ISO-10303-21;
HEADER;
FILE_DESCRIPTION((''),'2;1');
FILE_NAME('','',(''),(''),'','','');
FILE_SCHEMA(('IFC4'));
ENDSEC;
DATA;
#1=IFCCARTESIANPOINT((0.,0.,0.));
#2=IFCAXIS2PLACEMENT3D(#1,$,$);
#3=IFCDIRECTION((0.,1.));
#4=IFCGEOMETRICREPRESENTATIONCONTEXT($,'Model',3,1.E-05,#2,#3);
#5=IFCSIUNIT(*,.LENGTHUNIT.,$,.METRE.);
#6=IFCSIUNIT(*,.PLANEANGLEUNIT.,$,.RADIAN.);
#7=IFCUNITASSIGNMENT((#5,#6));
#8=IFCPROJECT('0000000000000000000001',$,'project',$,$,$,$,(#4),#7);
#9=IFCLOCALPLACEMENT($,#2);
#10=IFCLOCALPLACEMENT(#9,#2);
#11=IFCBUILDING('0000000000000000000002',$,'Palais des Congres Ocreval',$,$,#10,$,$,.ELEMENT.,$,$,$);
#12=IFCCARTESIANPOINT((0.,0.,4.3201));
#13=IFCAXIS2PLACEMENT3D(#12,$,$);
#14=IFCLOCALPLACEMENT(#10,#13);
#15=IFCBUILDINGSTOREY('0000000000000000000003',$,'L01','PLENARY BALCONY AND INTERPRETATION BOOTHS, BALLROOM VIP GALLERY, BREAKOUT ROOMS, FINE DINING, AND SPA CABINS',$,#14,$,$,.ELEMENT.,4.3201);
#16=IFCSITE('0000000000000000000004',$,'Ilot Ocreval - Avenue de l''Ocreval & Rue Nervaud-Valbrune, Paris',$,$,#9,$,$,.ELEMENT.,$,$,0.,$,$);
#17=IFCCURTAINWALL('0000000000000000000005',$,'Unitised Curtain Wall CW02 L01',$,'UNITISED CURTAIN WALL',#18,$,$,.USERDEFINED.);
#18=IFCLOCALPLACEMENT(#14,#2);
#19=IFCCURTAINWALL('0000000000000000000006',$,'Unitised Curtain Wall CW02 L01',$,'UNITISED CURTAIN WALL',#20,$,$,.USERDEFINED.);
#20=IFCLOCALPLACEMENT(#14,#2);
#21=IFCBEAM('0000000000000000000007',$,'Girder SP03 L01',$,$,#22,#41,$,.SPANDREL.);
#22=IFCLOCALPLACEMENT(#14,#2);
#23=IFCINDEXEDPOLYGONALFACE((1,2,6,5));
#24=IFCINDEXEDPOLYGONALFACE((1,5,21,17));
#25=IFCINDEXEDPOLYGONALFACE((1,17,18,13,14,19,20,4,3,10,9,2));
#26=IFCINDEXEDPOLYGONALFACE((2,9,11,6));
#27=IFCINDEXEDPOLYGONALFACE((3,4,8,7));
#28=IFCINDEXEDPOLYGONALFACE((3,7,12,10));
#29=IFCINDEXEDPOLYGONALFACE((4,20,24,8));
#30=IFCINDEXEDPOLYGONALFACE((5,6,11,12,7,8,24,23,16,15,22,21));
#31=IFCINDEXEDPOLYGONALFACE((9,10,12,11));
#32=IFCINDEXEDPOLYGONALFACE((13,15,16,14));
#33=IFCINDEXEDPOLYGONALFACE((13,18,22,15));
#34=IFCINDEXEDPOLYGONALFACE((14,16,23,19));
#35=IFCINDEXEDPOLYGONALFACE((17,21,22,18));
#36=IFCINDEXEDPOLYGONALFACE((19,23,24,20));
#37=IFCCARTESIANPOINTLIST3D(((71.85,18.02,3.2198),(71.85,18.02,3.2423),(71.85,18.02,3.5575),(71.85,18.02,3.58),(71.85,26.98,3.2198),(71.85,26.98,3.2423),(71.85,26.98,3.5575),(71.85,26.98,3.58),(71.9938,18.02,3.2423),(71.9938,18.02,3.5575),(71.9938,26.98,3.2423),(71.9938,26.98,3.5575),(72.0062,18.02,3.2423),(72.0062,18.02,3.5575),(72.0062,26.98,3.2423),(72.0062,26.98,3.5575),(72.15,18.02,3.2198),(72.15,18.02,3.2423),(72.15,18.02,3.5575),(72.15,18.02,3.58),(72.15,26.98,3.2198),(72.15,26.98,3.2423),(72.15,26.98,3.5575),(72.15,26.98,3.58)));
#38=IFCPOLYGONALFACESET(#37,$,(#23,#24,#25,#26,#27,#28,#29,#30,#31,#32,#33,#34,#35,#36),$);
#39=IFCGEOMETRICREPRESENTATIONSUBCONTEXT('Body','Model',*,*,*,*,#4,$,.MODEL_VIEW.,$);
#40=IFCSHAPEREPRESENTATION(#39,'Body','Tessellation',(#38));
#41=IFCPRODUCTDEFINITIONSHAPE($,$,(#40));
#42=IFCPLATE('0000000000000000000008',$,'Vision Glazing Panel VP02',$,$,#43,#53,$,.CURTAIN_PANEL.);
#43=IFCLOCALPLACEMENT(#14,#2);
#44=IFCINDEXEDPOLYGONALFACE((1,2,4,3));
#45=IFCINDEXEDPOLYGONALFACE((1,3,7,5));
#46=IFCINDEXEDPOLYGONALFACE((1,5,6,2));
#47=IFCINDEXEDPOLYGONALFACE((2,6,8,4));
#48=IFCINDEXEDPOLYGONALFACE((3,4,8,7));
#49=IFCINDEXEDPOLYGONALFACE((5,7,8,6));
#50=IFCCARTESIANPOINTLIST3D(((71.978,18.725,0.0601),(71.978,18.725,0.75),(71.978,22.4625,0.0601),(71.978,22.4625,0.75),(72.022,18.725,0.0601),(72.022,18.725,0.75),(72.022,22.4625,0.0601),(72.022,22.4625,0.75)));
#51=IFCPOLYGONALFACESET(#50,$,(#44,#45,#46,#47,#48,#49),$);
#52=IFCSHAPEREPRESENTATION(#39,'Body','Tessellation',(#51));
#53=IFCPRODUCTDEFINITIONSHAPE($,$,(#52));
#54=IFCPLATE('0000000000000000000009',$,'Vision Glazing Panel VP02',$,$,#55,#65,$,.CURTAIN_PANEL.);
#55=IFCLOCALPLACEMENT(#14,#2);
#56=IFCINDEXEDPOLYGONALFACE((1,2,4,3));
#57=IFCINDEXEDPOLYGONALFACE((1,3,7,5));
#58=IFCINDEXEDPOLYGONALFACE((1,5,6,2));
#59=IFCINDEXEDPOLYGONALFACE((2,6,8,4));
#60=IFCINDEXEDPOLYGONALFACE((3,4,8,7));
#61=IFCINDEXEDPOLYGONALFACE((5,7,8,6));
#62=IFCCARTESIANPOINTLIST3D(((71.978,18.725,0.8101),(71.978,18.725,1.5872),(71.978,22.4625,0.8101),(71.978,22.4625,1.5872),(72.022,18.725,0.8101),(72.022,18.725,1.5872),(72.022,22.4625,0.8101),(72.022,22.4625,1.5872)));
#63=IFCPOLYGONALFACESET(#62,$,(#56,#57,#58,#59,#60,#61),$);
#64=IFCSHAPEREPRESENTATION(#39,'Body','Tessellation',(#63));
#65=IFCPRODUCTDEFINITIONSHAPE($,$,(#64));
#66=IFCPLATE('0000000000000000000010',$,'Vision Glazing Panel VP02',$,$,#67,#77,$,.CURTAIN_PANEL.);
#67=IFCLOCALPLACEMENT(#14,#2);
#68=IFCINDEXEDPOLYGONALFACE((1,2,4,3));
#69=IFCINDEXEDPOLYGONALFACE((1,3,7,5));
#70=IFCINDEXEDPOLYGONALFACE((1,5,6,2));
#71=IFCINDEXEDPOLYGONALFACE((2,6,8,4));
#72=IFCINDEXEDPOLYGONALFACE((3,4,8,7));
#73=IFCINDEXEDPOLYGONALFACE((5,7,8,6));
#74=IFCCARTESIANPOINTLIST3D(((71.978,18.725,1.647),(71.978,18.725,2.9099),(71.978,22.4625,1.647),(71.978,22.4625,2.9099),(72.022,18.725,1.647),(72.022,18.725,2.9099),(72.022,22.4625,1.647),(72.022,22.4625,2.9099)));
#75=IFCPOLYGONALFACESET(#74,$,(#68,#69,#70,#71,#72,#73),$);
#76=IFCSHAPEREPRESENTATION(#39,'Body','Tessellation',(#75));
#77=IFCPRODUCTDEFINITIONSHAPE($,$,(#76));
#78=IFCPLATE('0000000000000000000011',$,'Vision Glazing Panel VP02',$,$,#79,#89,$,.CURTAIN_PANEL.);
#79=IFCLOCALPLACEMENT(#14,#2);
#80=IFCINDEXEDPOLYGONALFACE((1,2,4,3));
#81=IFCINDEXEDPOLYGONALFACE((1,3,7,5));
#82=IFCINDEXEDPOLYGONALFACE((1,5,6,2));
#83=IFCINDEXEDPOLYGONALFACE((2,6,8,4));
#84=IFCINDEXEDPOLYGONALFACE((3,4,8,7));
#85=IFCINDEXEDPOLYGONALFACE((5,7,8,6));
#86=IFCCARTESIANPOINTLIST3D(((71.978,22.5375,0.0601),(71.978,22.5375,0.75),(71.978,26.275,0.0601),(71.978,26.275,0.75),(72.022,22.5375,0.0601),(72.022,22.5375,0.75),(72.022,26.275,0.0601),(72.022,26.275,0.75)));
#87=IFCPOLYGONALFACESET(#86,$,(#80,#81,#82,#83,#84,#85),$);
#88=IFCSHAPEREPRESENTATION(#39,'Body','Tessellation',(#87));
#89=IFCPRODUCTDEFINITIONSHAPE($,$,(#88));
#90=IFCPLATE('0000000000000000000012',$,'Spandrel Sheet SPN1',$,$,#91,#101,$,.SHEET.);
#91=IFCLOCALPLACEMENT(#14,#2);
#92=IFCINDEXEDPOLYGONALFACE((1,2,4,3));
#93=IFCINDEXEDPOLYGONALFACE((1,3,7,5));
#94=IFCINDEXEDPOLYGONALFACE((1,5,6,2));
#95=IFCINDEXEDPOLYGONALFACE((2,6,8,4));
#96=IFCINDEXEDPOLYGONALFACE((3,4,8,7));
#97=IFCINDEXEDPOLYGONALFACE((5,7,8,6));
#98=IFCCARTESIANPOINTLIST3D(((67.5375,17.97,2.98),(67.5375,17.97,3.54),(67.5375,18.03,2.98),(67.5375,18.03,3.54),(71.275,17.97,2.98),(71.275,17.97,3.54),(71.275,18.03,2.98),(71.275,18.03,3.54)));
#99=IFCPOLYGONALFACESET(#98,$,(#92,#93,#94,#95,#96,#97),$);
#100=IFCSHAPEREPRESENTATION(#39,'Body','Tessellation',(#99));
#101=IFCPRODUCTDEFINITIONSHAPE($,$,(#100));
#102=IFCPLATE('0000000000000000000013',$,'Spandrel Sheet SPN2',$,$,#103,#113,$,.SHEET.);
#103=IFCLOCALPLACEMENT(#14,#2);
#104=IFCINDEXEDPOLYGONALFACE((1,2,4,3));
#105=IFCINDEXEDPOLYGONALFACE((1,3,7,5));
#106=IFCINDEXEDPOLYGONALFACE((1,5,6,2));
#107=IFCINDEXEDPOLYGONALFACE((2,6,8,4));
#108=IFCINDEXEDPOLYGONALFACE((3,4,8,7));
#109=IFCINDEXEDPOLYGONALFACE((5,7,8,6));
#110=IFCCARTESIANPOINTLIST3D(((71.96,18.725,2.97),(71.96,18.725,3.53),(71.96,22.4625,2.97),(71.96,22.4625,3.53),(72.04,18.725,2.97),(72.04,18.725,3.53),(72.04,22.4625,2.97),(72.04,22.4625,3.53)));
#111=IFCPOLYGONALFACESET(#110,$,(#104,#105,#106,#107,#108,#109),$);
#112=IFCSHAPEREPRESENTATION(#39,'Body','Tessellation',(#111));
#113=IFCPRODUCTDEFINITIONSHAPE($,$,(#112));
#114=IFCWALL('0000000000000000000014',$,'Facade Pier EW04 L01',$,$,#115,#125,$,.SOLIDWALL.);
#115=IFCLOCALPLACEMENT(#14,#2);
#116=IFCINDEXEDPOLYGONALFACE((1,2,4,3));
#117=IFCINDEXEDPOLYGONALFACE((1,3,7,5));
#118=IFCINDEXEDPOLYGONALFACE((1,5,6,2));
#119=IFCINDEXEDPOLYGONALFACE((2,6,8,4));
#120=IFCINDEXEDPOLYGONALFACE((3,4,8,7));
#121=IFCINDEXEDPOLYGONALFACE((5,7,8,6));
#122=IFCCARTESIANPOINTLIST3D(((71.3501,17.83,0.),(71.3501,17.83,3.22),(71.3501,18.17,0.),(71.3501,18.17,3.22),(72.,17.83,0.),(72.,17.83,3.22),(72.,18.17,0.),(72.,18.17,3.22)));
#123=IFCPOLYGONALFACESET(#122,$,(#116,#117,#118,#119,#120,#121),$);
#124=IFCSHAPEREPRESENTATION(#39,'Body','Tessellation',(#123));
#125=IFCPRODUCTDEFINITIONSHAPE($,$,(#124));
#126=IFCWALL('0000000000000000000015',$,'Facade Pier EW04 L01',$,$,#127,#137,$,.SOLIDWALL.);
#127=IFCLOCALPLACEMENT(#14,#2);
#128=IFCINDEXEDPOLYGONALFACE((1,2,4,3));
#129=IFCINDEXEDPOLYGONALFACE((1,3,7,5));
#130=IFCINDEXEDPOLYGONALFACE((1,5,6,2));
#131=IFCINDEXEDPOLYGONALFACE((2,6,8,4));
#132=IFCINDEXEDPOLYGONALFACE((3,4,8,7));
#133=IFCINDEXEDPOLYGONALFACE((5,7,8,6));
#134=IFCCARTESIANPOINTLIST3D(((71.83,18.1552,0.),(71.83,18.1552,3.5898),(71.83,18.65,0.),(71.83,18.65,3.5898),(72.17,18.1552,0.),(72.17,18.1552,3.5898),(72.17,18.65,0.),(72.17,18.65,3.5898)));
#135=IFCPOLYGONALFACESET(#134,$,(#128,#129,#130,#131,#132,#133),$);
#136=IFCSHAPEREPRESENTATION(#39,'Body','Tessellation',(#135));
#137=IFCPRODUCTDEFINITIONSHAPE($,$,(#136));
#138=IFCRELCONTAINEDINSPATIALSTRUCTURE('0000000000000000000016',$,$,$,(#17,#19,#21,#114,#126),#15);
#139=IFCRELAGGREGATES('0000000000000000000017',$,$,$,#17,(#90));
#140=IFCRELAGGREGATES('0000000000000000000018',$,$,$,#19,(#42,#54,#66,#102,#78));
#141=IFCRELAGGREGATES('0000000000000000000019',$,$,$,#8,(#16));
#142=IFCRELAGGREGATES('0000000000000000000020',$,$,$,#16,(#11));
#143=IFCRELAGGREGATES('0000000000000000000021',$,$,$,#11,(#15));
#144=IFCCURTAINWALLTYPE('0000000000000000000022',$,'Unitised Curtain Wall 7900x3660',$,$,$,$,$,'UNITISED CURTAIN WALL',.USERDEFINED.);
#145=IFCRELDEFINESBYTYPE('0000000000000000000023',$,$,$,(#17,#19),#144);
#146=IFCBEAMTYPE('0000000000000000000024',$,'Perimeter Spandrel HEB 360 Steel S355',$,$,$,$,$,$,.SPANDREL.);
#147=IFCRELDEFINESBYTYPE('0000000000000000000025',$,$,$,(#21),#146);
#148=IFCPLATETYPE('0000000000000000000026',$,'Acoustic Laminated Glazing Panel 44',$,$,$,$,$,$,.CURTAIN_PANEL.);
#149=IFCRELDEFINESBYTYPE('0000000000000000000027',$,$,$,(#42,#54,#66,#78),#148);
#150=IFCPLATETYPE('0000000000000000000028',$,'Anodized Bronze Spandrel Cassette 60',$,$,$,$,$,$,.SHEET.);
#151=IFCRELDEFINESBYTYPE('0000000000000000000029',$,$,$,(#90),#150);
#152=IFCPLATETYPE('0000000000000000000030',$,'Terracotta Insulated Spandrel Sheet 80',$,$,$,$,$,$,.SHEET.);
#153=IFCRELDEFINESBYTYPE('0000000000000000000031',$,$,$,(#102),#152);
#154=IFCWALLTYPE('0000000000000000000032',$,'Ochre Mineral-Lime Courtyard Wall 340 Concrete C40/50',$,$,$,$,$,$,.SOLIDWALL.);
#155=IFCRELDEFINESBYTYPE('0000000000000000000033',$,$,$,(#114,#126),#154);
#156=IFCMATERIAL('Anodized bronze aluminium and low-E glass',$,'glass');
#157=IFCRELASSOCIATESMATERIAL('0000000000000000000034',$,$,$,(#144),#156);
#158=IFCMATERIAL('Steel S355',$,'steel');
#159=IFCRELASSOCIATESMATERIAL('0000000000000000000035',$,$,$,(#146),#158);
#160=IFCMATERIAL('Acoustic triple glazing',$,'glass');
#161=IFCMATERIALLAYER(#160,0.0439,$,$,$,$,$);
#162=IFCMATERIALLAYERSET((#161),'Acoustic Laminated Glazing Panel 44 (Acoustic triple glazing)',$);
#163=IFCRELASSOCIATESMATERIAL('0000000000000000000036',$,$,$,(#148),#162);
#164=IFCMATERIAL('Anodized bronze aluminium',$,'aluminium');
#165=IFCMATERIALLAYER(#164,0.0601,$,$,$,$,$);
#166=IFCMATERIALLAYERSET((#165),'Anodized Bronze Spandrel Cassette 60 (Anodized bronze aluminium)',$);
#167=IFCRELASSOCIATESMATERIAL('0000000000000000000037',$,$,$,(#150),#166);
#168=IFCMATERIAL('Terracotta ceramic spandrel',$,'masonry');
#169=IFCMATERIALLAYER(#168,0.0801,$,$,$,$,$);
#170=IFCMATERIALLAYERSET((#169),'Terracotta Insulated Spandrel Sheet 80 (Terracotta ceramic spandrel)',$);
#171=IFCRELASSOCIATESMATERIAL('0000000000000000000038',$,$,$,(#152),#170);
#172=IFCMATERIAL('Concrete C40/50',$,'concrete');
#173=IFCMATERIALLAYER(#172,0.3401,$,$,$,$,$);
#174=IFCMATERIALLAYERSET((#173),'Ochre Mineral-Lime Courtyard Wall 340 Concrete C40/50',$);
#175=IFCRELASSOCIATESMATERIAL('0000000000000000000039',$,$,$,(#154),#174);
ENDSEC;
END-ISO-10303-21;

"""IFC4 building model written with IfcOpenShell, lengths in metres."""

from ifc_helpers import new_model, si_unit, direction, frame, frame_2d, origin, origin_2d, place, context, subcontext, project, spatial, rectangle, i_section, extrude, material, layer, layer_set, material_profile, profile_set, type_object, element, aggregate, save


model = new_model("IFC4")

# Units and contexts
model_context = context("Model", 3, precision=1e-05, world=origin(), true_north=direction((0.0, 1.0)))
body_context = subcontext(model_context, "Body", "Model", "MODEL_VIEW")
ifc_project = project(units=[si_unit("LENGTHUNIT", "METRE"), si_unit("PLANEANGLEUNIT", "RADIAN")], contexts=[model_context])

# Site, building, storey
site_placement = place(None, origin())
site = spatial("IfcSite", under=ifc_project, at=site_placement, Name="Ilot Ocreval - Avenue de l'Ocreval & Rue Nervaud-Valbrune, Paris", CompositionType="ELEMENT", RefElevation=0.0)
building_placement = place(site_placement, origin())
building = spatial("IfcBuilding", under=site, at=building_placement, Name="Palais des Congres Ocreval", CompositionType="ELEMENT")
storey_placement = place(building_placement, frame((0.0, 0.0, 4.3201)))
storey = spatial("IfcBuildingStorey", under=building, at=storey_placement, Name="L01", Description="PLENARY BALCONY AND INTERPRETATION BOOTHS, BALLROOM VIP GALLERY, BREAKOUT ROOMS, FINE DINING, AND SPA CABINS", CompositionType="ELEMENT", Elevation=4.3201)

# Shared definitions
ifc_material_1 = material(Name="Concrete C40/50", Category="concrete")

# Curtain wall
ifc_material_2 = material(Name="Anodized bronze aluminium and low-E glass", Category="glass")
curtain_wall_type = type_object("IfcCurtainWallType", Name="Unitised Curtain Wall 7900x3660", ElementType="UNITISED CURTAIN WALL", PredefinedType="USERDEFINED", material=ifc_material_2)
curtain_wall_1_placement = place(storey_placement, origin())
curtain_wall_1 = element("IfcCurtainWall", 1, at=curtain_wall_1_placement, inside=storey, type_object=curtain_wall_type, Name="Unitised Curtain Wall CW02 L01", ObjectType="UNITISED CURTAIN WALL", PredefinedType="USERDEFINED")
ifc_material_3 = material(Name="Anodized bronze aluminium", Category="aluminium")

# Curtain wall
curtain_wall_2_placement = place(storey_placement, origin())
curtain_wall_2 = element("IfcCurtainWall", 2, at=curtain_wall_2_placement, inside=storey, type_object=curtain_wall_type, Name="Unitised Curtain Wall CW02 L01", ObjectType="UNITISED CURTAIN WALL", PredefinedType="USERDEFINED")

# Beam
ifc_material_4 = material(Name="Steel S355", Category="steel")
ifc_material_profile_1 = material_profile(ifc_material_4, i_section(OverallWidth=0.3, OverallDepth=0.3601, WebThickness=0.0125, FlangeThickness=0.0225, at=origin_2d()), Name="HEB 360")
ifc_profile_set_1 = profile_set([ifc_material_profile_1], Name="Steel S355")
beam_type = type_object("IfcBeamType", Name="Perimeter Spandrel HEB 360 Steel S355", PredefinedType="SPANDREL", material=ifc_profile_set_1)
beam_placement = place(storey_placement, frame((72.0, 18.02, 3.3999), z_axis=(0.0, 1.0, 0.0), x_axis=(-1.0, 0.0, 0.0)))
element("IfcBeam", 3, at=beam_placement, inside=storey, type_object=beam_type, Name="Girder SP03 L01", PredefinedType="SPANDREL", context=body_context, shape_type="SweptSolid", body=[
    extrude(i_section(OverallWidth=0.3, OverallDepth=0.3601, WebThickness=0.0125, FlangeThickness=0.0225, at=origin_2d()), origin(), (0.0, 0.0, 1.0), 8.96),
])

# Plates
ifc_material_5 = material(Name="Acoustic triple glazing", Category="glass")
ifc_layer_1 = layer(ifc_material_5, 0.0439)
ifc_layer_set_1 = layer_set([ifc_layer_1], Name="Acoustic Laminated Glazing Panel 44 (Acoustic triple glazing)")
plate_type_1 = type_object("IfcPlateType", Name="Acoustic Laminated Glazing Panel 44", PredefinedType="CURTAIN_PANEL", material=ifc_layer_set_1)
plate_1_placement = place(storey_placement, frame((72.0, 20.5938, 0.0601), z_axis=(0.0, 0.0, 1.0), x_axis=(0.0, 1.0, 0.0)))
plate_1 = element("IfcPlate", 4, at=plate_1_placement, type_object=plate_type_1, Name="Vision Glazing Panel VP02", PredefinedType="CURTAIN_PANEL", context=body_context, shape_type="SweptSolid", body=[
    extrude(rectangle(XDim=3.7375, YDim=0.0439, at=origin_2d()), origin(), (0.0, 0.0, 1.0), 0.6899),
])
plate_2_placement = place(storey_placement, frame((72.0, 20.5938, 0.8101), z_axis=(0.0, 0.0, 1.0), x_axis=(0.0, 1.0, 0.0)))
plate_2 = element("IfcPlate", 5, at=plate_2_placement, type_object=plate_type_1, Name="Vision Glazing Panel VP02", PredefinedType="CURTAIN_PANEL", context=body_context, shape_type="SweptSolid", body=[
    extrude(rectangle(XDim=3.7375, YDim=0.0439, at=origin_2d()), origin(), (0.0, 0.0, 1.0), 0.7771),
])
plate_3_placement = place(storey_placement, frame((72.0, 20.5938, 1.647), z_axis=(0.0, 0.0, 1.0), x_axis=(0.0, 1.0, 0.0)))
plate_3 = element("IfcPlate", 6, at=plate_3_placement, type_object=plate_type_1, Name="Vision Glazing Panel VP02", PredefinedType="CURTAIN_PANEL", context=body_context, shape_type="SweptSolid", body=[
    extrude(rectangle(XDim=3.7375, YDim=0.0439, at=origin_2d()), origin(), (0.0, 0.0, 1.0), 1.2629),
])
plate_4_placement = place(storey_placement, frame((72.0, 24.4062, 0.0601), z_axis=(0.0, 0.0, 1.0), x_axis=(0.0, 1.0, 0.0)))
plate_4 = element("IfcPlate", 7, at=plate_4_placement, type_object=plate_type_1, Name="Vision Glazing Panel VP02", PredefinedType="CURTAIN_PANEL", context=body_context, shape_type="SweptSolid", body=[
    extrude(rectangle(XDim=3.7375, YDim=0.0439, at=origin_2d()), origin(), (0.0, 0.0, 1.0), 0.6899),
])
ifc_layer_2 = layer(ifc_material_3, 0.0601)
ifc_layer_set_2 = layer_set([ifc_layer_2], Name="Anodized Bronze Spandrel Cassette 60 (Anodized bronze aluminium)")
plate_type_2 = type_object("IfcPlateType", Name="Anodized Bronze Spandrel Cassette 60", PredefinedType="SHEET", material=ifc_layer_set_2)
plate_5_placement = place(storey_placement, frame((69.4062, 18.0, 2.98), z_axis=(0.0, 0.0, 1.0), x_axis=(1.0, 0.0, 0.0)))
plate_5 = element("IfcPlate", 8, at=plate_5_placement, type_object=plate_type_2, Name="Spandrel Sheet SPN1", PredefinedType="SHEET", context=body_context, shape_type="SweptSolid", body=[
    extrude(rectangle(XDim=3.7375, YDim=0.0601, at=origin_2d()), origin(), (0.0, 0.0, 1.0), 0.5601),
])
aggregate(curtain_wall_1, [plate_5])
ifc_material_6 = material(Name="Terracotta ceramic spandrel", Category="masonry")
ifc_layer_3 = layer(ifc_material_6, 0.0801)
ifc_layer_set_3 = layer_set([ifc_layer_3], Name="Terracotta Insulated Spandrel Sheet 80 (Terracotta ceramic spandrel)")
plate_type_3 = type_object("IfcPlateType", Name="Terracotta Insulated Spandrel Sheet 80", PredefinedType="SHEET", material=ifc_layer_set_3)
plate_6_placement = place(storey_placement, frame((72.0, 20.5938, 2.97), z_axis=(0.0, 0.0, 1.0), x_axis=(0.0, 1.0, 0.0)))
plate_6 = element("IfcPlate", 9, at=plate_6_placement, type_object=plate_type_3, Name="Spandrel Sheet SPN2", PredefinedType="SHEET", context=body_context, shape_type="SweptSolid", body=[
    extrude(rectangle(XDim=3.7375, YDim=0.0801, at=origin_2d()), origin(), (0.0, 0.0, 1.0), 0.5601),
])
aggregate(curtain_wall_2, [plate_1, plate_2, plate_3, plate_6, plate_4])

# Walls
ifc_layer_4 = layer(ifc_material_1, 0.3401)
ifc_layer_set_4 = layer_set([ifc_layer_4], Name="Ochre Mineral-Lime Courtyard Wall 340 Concrete C40/50")
wall_type = type_object("IfcWallType", Name="Ochre Mineral-Lime Courtyard Wall 340 Concrete C40/50", PredefinedType="SOLIDWALL", material=ifc_layer_set_4)
wall_1_placement = place(storey_placement, frame((71.3501, 18.0, 0.0), z_axis=(0.0, 0.0, 1.0), x_axis=(1.0, 0.0, 0.0)))
element("IfcWall", 10, at=wall_1_placement, inside=storey, type_object=wall_type, Name="Facade Pier EW04 L01", PredefinedType="SOLIDWALL", context=body_context, shape_type="SweptSolid", body=[
    extrude(rectangle(XDim=0.6499, YDim=0.3401, at=frame_2d((0.325, 0.0))), origin(), (0.0, 0.0, 1.0), 3.22),
])
wall_2_placement = place(storey_placement, frame((72.0, 18.155, 0.0), z_axis=(0.0, 0.0, 1.0), x_axis=(0.0, 1.0, 0.0)))
element("IfcWall", 11, at=wall_2_placement, inside=storey, type_object=wall_type, Name="Facade Pier EW04 L01", PredefinedType="SOLIDWALL", context=body_context, shape_type="SweptSolid", body=[
    extrude(rectangle(XDim=0.4949, YDim=0.3401, at=frame_2d((0.2476, 0.0))), origin(), (0.0, 0.0, 1.0), 3.5898),
])

save(model, "model.ifc")
